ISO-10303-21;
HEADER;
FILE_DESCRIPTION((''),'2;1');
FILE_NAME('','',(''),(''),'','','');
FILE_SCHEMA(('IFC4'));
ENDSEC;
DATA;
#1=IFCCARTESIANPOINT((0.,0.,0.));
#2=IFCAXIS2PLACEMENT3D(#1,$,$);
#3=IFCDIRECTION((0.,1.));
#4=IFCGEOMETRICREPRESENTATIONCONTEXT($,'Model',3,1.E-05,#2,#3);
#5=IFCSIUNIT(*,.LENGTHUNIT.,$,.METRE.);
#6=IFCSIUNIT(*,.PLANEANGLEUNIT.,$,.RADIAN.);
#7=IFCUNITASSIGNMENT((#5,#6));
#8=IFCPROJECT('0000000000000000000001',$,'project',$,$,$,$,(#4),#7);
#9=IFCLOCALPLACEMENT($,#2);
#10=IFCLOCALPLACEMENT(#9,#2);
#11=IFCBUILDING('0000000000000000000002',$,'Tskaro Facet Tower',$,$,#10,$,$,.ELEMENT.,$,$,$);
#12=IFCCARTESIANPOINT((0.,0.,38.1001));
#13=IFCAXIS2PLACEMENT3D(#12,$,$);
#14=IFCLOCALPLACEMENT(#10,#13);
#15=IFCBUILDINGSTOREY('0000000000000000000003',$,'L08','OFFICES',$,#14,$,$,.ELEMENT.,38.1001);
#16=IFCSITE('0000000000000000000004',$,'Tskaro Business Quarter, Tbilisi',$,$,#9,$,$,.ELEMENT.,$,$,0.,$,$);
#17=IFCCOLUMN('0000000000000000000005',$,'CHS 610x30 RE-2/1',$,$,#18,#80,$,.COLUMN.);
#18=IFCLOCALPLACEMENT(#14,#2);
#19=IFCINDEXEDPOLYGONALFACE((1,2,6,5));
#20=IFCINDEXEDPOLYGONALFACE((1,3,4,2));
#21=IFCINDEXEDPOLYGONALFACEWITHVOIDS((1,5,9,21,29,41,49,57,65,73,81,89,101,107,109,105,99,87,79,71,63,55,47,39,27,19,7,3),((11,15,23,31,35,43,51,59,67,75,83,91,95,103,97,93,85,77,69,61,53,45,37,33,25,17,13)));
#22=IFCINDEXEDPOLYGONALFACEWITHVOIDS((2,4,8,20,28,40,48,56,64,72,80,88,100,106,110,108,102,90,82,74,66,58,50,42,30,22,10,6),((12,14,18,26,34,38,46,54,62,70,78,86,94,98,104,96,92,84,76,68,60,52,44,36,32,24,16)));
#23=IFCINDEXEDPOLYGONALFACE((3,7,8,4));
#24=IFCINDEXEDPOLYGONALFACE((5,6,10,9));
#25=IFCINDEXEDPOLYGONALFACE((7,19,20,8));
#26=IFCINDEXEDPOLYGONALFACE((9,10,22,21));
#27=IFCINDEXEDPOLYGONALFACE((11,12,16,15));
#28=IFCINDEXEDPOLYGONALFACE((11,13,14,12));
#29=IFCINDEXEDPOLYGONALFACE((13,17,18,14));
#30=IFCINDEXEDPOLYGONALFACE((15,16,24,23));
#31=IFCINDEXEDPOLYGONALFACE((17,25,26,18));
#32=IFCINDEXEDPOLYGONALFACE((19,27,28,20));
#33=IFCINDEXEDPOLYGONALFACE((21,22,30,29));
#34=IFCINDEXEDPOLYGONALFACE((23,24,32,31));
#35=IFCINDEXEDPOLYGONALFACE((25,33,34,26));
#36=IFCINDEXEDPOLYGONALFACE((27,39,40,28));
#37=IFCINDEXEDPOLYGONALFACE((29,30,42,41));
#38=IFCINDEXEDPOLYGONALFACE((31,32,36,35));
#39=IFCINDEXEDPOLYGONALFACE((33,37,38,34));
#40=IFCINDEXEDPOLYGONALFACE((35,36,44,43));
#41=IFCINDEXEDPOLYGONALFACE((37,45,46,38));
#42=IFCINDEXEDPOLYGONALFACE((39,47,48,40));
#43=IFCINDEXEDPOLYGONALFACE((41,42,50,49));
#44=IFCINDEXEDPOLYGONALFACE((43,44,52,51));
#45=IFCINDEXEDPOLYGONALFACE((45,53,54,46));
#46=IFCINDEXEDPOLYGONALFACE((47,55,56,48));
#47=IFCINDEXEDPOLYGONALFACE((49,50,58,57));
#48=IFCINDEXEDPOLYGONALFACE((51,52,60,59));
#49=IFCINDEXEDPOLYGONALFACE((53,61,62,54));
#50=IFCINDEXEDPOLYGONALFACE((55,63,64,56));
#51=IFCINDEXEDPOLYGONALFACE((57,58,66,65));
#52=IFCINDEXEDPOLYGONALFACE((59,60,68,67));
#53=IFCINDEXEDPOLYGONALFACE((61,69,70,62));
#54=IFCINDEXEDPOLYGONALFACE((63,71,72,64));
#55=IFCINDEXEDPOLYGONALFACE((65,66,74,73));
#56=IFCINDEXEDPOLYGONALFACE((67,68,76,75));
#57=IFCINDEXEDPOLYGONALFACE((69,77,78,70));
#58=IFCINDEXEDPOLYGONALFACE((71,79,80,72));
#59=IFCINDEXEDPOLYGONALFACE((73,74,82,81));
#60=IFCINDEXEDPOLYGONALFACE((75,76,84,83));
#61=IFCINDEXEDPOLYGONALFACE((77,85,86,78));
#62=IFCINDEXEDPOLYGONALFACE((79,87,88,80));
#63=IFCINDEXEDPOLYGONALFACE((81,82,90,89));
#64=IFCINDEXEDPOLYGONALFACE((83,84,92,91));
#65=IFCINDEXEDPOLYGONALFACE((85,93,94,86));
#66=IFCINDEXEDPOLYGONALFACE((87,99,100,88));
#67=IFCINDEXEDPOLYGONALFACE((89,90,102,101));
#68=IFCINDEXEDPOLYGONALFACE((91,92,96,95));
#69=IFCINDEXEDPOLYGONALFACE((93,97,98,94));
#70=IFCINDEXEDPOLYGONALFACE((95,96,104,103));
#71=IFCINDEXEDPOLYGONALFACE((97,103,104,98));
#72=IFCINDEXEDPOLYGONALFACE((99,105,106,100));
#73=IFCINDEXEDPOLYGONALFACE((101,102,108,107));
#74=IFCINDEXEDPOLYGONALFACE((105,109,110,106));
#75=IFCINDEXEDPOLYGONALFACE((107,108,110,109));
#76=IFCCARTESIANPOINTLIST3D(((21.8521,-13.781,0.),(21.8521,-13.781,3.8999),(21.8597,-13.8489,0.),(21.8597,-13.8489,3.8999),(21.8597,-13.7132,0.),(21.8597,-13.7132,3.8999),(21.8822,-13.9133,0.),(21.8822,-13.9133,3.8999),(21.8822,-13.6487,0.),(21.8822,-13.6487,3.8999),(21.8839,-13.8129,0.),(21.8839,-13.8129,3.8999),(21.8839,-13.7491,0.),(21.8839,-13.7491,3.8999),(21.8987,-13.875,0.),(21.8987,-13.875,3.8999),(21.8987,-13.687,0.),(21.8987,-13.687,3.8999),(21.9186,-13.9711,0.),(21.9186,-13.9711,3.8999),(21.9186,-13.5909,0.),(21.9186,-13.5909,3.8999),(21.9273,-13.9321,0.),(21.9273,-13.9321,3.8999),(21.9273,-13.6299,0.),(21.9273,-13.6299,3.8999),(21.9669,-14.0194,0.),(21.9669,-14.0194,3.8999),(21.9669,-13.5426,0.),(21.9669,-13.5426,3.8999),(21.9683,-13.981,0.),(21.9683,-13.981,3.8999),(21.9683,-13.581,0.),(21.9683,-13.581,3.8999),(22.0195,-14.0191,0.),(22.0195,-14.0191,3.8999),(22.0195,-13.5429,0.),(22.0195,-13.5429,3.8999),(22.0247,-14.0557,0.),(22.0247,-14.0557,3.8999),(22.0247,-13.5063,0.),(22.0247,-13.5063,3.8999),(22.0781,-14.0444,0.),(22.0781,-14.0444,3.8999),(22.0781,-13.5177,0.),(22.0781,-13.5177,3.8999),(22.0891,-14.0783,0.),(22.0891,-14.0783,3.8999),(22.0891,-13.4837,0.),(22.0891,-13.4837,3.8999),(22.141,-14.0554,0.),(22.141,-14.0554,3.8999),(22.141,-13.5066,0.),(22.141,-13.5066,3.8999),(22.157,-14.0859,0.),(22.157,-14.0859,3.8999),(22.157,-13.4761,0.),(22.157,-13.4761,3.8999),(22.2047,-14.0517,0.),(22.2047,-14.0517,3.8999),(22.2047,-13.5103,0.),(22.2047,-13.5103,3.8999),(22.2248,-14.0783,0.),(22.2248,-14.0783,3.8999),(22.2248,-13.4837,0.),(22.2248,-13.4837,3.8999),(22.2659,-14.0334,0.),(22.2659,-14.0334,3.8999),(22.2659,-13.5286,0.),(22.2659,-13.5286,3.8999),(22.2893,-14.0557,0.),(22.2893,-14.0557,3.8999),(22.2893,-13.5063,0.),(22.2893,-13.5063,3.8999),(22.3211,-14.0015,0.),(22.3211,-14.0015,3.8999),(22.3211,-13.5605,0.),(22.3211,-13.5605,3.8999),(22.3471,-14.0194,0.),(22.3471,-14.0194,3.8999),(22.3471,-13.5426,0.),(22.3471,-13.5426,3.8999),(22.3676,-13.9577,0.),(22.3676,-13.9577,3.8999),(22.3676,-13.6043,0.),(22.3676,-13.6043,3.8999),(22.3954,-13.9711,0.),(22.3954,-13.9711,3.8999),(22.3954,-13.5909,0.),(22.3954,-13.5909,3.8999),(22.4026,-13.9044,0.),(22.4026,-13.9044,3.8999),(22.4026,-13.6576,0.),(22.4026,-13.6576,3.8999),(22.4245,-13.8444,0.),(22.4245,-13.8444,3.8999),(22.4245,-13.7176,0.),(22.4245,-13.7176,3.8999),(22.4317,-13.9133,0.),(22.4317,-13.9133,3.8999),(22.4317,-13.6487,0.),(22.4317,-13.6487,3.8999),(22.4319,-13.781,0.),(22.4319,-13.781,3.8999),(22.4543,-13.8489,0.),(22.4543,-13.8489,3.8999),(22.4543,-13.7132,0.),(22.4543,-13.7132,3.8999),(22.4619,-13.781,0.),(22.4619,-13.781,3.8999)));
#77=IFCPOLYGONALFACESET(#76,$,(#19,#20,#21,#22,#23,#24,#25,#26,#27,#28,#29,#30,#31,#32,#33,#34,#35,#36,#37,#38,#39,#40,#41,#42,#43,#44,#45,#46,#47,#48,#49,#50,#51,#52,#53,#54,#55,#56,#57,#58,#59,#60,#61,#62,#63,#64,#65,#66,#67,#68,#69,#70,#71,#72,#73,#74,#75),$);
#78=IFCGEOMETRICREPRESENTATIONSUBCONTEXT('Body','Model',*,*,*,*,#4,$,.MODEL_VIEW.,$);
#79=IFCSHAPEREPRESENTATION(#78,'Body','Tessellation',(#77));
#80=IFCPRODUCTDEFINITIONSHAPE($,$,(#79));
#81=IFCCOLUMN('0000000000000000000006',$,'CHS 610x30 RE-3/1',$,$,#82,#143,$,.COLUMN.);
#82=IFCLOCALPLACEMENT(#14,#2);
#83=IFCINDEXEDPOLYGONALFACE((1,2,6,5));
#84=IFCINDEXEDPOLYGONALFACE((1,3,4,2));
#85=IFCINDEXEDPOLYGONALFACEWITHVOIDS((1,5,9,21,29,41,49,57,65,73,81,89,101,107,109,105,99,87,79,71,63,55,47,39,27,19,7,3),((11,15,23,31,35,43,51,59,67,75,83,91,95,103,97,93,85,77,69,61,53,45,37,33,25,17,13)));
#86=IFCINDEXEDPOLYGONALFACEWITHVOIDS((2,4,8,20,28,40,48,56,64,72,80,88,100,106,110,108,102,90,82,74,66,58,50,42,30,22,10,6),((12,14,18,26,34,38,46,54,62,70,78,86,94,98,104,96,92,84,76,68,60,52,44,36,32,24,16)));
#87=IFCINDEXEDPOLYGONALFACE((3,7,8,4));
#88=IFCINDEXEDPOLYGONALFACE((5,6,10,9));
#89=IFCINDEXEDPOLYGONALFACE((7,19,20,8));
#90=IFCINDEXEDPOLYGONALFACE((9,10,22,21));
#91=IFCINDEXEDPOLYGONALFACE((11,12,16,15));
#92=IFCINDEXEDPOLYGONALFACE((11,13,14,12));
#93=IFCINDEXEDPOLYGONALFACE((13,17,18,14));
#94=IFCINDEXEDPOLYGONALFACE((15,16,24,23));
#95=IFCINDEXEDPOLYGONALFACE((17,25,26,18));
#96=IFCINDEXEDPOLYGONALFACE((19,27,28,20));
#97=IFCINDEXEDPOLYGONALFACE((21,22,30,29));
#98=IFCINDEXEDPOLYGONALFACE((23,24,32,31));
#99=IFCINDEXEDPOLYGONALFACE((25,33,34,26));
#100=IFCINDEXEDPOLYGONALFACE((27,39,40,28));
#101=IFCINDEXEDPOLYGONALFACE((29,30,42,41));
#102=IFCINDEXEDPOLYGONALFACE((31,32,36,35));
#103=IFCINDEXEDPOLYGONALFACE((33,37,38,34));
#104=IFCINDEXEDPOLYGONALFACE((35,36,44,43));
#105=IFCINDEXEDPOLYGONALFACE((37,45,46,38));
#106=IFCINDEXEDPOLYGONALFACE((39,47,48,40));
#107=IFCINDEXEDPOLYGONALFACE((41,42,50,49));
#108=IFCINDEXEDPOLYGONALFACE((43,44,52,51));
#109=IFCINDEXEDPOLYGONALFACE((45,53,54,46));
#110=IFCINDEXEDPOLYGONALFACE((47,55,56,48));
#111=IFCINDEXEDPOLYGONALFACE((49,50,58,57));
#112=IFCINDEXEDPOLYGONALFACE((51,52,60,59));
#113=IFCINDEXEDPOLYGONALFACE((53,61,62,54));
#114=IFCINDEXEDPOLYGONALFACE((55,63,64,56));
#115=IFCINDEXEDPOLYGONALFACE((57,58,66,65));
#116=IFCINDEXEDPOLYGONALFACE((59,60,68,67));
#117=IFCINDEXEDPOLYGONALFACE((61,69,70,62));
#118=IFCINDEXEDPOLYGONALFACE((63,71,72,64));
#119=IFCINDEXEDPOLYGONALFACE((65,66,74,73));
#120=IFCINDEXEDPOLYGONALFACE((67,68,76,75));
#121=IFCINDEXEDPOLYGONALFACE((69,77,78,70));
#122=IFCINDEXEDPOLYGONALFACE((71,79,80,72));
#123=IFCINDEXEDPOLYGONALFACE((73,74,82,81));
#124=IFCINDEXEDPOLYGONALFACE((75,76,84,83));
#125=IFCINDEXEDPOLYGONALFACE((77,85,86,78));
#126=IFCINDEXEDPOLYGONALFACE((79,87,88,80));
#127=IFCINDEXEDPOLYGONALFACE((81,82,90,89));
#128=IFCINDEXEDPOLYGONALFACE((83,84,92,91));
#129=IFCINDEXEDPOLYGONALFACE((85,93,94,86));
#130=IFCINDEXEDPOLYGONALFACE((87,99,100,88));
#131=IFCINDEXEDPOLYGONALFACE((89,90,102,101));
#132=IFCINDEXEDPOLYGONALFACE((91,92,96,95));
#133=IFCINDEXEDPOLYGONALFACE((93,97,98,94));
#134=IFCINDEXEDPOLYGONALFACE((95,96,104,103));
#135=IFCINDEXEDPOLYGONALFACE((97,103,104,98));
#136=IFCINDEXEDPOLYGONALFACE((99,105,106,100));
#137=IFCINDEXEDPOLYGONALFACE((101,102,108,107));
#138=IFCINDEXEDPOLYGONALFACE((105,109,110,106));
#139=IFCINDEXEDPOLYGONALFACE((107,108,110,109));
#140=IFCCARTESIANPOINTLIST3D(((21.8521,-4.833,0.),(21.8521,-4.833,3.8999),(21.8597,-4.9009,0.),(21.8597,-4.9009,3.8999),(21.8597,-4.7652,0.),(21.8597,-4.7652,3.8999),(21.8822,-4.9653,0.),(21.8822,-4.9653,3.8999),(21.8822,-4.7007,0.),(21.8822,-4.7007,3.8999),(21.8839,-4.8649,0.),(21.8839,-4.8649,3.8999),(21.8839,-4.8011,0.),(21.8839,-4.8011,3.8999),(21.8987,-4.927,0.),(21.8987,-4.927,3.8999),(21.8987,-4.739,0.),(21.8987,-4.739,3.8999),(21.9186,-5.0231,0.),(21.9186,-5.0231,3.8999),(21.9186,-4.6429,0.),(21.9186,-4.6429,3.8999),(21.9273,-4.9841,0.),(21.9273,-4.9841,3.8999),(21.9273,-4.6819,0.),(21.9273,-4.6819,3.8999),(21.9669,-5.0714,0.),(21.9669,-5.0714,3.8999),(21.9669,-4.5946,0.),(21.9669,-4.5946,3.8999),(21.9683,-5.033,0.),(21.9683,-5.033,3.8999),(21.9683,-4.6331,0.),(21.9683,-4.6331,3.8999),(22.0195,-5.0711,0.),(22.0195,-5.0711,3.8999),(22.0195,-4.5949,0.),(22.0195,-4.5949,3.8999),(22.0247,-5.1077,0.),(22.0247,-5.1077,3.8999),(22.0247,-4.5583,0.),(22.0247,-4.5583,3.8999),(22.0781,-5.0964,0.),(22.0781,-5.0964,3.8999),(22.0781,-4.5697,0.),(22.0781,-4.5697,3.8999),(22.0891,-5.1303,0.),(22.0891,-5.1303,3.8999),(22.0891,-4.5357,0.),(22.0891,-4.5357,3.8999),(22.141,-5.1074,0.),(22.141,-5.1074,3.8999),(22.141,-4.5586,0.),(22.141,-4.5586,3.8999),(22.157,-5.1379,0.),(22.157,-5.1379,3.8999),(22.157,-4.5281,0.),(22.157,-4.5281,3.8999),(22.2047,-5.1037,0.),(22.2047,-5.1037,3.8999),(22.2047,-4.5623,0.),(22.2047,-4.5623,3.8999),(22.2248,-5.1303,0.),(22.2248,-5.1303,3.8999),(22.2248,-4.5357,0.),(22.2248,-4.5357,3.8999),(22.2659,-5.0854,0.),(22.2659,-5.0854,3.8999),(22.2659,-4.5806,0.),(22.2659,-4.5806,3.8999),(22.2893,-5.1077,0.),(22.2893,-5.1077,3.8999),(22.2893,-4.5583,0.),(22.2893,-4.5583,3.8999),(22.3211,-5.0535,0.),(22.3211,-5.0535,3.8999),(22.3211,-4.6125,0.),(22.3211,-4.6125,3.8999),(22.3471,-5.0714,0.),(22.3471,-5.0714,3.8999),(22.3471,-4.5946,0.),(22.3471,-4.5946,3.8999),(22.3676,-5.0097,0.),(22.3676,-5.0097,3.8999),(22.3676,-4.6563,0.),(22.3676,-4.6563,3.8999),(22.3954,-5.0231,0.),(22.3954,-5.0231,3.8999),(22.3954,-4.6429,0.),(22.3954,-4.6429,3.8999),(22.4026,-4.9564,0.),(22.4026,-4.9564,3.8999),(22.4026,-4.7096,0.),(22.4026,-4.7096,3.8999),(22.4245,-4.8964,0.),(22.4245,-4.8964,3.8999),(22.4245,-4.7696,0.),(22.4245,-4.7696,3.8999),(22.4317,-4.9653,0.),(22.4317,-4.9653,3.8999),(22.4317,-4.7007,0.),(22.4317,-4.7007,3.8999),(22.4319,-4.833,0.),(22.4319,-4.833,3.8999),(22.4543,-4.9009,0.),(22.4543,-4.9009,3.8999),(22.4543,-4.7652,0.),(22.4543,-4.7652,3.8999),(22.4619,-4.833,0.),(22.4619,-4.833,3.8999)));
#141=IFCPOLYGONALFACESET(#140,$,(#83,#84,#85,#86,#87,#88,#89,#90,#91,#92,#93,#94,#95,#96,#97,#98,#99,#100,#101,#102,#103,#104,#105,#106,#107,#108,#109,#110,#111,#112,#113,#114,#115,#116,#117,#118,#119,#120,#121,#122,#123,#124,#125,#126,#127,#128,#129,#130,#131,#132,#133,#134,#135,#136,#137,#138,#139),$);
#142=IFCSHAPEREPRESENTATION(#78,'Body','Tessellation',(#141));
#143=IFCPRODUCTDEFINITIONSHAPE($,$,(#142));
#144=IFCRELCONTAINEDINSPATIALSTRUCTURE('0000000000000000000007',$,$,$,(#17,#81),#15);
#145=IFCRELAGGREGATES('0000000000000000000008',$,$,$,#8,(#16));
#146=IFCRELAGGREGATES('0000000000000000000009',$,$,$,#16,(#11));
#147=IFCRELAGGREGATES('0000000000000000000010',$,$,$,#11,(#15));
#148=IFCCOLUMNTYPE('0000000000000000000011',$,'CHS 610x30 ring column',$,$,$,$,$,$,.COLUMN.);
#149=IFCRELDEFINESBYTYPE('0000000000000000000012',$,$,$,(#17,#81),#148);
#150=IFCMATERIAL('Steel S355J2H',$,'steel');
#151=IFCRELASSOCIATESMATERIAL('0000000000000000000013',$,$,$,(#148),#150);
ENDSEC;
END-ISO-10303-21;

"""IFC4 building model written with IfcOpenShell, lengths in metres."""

from ifc_helpers import new_model, si_unit, direction, frame, origin, origin_2d, place, context, subcontext, project, spatial, hollow_circle, extrude, material, material_profile, profile_set, type_object, element, save


model = new_model("IFC4")

# Units and contexts
model_context = context("Model", 3, precision=1e-05, world=origin(), true_north=direction((0.0, 1.0)))
body_context = subcontext(model_context, "Body", "Model", "MODEL_VIEW")
ifc_project = project(units=[si_unit("LENGTHUNIT", "METRE"), si_unit("PLANEANGLEUNIT", "RADIAN")], contexts=[model_context])

# Site, building, storey
site_placement = place(None, origin())
site = spatial("IfcSite", under=ifc_project, at=site_placement, Name="Tskaro Business Quarter, Tbilisi", CompositionType="ELEMENT", RefElevation=0.0)
building_placement = place(site_placement, origin())
building = spatial("IfcBuilding", under=site, at=building_placement, Name="Tskaro Facet Tower", CompositionType="ELEMENT")
storey_placement = place(building_placement, frame((0.0, 0.0, 38.1001)))
storey = spatial("IfcBuildingStorey", under=building, at=storey_placement, Name="L08", Description="OFFICES", CompositionType="ELEMENT", Elevation=38.1001)

# Columns
ifc_material_1 = material(Name="Steel S355J2H", Category="steel")
ifc_material_profile_1 = material_profile(ifc_material_1, hollow_circle(Radius=0.3049, WallThickness=0.03, at=origin_2d()), Name="CHS 610x30")
ifc_profile_set_1 = profile_set([ifc_material_profile_1], Name="Steel S355J2H")
column_type_1 = type_object("IfcColumnType", Name="CHS 610x30 ring column", PredefinedType="COLUMN", material=ifc_profile_set_1)
for number, where, z_axis, x_axis, name in (
    (1, (22.157, -13.781, 0.0), (0.0, 0.0, 1.0), (1.0, 0.0, 0.0), "CHS 610x30 RE-2/1"),
    (2, (22.157, -4.833, 0.0), (0.0, 0.0, 1.0), (1.0, 0.0, 0.0), "CHS 610x30 RE-3/1"),
):
    element("IfcColumn", number, at=place(storey_placement, frame(where, z_axis=z_axis, x_axis=x_axis)), inside=storey, type_object=column_type_1, Name=name, PredefinedType="COLUMN", context=body_context, shape_type="SweptSolid", body=[
        extrude(hollow_circle(Radius=0.3049, WallThickness=0.03, at=origin_2d()), origin(), (0.0, 0.0, 1.0), 3.8999),
    ])

save(model, "model.ifc")
